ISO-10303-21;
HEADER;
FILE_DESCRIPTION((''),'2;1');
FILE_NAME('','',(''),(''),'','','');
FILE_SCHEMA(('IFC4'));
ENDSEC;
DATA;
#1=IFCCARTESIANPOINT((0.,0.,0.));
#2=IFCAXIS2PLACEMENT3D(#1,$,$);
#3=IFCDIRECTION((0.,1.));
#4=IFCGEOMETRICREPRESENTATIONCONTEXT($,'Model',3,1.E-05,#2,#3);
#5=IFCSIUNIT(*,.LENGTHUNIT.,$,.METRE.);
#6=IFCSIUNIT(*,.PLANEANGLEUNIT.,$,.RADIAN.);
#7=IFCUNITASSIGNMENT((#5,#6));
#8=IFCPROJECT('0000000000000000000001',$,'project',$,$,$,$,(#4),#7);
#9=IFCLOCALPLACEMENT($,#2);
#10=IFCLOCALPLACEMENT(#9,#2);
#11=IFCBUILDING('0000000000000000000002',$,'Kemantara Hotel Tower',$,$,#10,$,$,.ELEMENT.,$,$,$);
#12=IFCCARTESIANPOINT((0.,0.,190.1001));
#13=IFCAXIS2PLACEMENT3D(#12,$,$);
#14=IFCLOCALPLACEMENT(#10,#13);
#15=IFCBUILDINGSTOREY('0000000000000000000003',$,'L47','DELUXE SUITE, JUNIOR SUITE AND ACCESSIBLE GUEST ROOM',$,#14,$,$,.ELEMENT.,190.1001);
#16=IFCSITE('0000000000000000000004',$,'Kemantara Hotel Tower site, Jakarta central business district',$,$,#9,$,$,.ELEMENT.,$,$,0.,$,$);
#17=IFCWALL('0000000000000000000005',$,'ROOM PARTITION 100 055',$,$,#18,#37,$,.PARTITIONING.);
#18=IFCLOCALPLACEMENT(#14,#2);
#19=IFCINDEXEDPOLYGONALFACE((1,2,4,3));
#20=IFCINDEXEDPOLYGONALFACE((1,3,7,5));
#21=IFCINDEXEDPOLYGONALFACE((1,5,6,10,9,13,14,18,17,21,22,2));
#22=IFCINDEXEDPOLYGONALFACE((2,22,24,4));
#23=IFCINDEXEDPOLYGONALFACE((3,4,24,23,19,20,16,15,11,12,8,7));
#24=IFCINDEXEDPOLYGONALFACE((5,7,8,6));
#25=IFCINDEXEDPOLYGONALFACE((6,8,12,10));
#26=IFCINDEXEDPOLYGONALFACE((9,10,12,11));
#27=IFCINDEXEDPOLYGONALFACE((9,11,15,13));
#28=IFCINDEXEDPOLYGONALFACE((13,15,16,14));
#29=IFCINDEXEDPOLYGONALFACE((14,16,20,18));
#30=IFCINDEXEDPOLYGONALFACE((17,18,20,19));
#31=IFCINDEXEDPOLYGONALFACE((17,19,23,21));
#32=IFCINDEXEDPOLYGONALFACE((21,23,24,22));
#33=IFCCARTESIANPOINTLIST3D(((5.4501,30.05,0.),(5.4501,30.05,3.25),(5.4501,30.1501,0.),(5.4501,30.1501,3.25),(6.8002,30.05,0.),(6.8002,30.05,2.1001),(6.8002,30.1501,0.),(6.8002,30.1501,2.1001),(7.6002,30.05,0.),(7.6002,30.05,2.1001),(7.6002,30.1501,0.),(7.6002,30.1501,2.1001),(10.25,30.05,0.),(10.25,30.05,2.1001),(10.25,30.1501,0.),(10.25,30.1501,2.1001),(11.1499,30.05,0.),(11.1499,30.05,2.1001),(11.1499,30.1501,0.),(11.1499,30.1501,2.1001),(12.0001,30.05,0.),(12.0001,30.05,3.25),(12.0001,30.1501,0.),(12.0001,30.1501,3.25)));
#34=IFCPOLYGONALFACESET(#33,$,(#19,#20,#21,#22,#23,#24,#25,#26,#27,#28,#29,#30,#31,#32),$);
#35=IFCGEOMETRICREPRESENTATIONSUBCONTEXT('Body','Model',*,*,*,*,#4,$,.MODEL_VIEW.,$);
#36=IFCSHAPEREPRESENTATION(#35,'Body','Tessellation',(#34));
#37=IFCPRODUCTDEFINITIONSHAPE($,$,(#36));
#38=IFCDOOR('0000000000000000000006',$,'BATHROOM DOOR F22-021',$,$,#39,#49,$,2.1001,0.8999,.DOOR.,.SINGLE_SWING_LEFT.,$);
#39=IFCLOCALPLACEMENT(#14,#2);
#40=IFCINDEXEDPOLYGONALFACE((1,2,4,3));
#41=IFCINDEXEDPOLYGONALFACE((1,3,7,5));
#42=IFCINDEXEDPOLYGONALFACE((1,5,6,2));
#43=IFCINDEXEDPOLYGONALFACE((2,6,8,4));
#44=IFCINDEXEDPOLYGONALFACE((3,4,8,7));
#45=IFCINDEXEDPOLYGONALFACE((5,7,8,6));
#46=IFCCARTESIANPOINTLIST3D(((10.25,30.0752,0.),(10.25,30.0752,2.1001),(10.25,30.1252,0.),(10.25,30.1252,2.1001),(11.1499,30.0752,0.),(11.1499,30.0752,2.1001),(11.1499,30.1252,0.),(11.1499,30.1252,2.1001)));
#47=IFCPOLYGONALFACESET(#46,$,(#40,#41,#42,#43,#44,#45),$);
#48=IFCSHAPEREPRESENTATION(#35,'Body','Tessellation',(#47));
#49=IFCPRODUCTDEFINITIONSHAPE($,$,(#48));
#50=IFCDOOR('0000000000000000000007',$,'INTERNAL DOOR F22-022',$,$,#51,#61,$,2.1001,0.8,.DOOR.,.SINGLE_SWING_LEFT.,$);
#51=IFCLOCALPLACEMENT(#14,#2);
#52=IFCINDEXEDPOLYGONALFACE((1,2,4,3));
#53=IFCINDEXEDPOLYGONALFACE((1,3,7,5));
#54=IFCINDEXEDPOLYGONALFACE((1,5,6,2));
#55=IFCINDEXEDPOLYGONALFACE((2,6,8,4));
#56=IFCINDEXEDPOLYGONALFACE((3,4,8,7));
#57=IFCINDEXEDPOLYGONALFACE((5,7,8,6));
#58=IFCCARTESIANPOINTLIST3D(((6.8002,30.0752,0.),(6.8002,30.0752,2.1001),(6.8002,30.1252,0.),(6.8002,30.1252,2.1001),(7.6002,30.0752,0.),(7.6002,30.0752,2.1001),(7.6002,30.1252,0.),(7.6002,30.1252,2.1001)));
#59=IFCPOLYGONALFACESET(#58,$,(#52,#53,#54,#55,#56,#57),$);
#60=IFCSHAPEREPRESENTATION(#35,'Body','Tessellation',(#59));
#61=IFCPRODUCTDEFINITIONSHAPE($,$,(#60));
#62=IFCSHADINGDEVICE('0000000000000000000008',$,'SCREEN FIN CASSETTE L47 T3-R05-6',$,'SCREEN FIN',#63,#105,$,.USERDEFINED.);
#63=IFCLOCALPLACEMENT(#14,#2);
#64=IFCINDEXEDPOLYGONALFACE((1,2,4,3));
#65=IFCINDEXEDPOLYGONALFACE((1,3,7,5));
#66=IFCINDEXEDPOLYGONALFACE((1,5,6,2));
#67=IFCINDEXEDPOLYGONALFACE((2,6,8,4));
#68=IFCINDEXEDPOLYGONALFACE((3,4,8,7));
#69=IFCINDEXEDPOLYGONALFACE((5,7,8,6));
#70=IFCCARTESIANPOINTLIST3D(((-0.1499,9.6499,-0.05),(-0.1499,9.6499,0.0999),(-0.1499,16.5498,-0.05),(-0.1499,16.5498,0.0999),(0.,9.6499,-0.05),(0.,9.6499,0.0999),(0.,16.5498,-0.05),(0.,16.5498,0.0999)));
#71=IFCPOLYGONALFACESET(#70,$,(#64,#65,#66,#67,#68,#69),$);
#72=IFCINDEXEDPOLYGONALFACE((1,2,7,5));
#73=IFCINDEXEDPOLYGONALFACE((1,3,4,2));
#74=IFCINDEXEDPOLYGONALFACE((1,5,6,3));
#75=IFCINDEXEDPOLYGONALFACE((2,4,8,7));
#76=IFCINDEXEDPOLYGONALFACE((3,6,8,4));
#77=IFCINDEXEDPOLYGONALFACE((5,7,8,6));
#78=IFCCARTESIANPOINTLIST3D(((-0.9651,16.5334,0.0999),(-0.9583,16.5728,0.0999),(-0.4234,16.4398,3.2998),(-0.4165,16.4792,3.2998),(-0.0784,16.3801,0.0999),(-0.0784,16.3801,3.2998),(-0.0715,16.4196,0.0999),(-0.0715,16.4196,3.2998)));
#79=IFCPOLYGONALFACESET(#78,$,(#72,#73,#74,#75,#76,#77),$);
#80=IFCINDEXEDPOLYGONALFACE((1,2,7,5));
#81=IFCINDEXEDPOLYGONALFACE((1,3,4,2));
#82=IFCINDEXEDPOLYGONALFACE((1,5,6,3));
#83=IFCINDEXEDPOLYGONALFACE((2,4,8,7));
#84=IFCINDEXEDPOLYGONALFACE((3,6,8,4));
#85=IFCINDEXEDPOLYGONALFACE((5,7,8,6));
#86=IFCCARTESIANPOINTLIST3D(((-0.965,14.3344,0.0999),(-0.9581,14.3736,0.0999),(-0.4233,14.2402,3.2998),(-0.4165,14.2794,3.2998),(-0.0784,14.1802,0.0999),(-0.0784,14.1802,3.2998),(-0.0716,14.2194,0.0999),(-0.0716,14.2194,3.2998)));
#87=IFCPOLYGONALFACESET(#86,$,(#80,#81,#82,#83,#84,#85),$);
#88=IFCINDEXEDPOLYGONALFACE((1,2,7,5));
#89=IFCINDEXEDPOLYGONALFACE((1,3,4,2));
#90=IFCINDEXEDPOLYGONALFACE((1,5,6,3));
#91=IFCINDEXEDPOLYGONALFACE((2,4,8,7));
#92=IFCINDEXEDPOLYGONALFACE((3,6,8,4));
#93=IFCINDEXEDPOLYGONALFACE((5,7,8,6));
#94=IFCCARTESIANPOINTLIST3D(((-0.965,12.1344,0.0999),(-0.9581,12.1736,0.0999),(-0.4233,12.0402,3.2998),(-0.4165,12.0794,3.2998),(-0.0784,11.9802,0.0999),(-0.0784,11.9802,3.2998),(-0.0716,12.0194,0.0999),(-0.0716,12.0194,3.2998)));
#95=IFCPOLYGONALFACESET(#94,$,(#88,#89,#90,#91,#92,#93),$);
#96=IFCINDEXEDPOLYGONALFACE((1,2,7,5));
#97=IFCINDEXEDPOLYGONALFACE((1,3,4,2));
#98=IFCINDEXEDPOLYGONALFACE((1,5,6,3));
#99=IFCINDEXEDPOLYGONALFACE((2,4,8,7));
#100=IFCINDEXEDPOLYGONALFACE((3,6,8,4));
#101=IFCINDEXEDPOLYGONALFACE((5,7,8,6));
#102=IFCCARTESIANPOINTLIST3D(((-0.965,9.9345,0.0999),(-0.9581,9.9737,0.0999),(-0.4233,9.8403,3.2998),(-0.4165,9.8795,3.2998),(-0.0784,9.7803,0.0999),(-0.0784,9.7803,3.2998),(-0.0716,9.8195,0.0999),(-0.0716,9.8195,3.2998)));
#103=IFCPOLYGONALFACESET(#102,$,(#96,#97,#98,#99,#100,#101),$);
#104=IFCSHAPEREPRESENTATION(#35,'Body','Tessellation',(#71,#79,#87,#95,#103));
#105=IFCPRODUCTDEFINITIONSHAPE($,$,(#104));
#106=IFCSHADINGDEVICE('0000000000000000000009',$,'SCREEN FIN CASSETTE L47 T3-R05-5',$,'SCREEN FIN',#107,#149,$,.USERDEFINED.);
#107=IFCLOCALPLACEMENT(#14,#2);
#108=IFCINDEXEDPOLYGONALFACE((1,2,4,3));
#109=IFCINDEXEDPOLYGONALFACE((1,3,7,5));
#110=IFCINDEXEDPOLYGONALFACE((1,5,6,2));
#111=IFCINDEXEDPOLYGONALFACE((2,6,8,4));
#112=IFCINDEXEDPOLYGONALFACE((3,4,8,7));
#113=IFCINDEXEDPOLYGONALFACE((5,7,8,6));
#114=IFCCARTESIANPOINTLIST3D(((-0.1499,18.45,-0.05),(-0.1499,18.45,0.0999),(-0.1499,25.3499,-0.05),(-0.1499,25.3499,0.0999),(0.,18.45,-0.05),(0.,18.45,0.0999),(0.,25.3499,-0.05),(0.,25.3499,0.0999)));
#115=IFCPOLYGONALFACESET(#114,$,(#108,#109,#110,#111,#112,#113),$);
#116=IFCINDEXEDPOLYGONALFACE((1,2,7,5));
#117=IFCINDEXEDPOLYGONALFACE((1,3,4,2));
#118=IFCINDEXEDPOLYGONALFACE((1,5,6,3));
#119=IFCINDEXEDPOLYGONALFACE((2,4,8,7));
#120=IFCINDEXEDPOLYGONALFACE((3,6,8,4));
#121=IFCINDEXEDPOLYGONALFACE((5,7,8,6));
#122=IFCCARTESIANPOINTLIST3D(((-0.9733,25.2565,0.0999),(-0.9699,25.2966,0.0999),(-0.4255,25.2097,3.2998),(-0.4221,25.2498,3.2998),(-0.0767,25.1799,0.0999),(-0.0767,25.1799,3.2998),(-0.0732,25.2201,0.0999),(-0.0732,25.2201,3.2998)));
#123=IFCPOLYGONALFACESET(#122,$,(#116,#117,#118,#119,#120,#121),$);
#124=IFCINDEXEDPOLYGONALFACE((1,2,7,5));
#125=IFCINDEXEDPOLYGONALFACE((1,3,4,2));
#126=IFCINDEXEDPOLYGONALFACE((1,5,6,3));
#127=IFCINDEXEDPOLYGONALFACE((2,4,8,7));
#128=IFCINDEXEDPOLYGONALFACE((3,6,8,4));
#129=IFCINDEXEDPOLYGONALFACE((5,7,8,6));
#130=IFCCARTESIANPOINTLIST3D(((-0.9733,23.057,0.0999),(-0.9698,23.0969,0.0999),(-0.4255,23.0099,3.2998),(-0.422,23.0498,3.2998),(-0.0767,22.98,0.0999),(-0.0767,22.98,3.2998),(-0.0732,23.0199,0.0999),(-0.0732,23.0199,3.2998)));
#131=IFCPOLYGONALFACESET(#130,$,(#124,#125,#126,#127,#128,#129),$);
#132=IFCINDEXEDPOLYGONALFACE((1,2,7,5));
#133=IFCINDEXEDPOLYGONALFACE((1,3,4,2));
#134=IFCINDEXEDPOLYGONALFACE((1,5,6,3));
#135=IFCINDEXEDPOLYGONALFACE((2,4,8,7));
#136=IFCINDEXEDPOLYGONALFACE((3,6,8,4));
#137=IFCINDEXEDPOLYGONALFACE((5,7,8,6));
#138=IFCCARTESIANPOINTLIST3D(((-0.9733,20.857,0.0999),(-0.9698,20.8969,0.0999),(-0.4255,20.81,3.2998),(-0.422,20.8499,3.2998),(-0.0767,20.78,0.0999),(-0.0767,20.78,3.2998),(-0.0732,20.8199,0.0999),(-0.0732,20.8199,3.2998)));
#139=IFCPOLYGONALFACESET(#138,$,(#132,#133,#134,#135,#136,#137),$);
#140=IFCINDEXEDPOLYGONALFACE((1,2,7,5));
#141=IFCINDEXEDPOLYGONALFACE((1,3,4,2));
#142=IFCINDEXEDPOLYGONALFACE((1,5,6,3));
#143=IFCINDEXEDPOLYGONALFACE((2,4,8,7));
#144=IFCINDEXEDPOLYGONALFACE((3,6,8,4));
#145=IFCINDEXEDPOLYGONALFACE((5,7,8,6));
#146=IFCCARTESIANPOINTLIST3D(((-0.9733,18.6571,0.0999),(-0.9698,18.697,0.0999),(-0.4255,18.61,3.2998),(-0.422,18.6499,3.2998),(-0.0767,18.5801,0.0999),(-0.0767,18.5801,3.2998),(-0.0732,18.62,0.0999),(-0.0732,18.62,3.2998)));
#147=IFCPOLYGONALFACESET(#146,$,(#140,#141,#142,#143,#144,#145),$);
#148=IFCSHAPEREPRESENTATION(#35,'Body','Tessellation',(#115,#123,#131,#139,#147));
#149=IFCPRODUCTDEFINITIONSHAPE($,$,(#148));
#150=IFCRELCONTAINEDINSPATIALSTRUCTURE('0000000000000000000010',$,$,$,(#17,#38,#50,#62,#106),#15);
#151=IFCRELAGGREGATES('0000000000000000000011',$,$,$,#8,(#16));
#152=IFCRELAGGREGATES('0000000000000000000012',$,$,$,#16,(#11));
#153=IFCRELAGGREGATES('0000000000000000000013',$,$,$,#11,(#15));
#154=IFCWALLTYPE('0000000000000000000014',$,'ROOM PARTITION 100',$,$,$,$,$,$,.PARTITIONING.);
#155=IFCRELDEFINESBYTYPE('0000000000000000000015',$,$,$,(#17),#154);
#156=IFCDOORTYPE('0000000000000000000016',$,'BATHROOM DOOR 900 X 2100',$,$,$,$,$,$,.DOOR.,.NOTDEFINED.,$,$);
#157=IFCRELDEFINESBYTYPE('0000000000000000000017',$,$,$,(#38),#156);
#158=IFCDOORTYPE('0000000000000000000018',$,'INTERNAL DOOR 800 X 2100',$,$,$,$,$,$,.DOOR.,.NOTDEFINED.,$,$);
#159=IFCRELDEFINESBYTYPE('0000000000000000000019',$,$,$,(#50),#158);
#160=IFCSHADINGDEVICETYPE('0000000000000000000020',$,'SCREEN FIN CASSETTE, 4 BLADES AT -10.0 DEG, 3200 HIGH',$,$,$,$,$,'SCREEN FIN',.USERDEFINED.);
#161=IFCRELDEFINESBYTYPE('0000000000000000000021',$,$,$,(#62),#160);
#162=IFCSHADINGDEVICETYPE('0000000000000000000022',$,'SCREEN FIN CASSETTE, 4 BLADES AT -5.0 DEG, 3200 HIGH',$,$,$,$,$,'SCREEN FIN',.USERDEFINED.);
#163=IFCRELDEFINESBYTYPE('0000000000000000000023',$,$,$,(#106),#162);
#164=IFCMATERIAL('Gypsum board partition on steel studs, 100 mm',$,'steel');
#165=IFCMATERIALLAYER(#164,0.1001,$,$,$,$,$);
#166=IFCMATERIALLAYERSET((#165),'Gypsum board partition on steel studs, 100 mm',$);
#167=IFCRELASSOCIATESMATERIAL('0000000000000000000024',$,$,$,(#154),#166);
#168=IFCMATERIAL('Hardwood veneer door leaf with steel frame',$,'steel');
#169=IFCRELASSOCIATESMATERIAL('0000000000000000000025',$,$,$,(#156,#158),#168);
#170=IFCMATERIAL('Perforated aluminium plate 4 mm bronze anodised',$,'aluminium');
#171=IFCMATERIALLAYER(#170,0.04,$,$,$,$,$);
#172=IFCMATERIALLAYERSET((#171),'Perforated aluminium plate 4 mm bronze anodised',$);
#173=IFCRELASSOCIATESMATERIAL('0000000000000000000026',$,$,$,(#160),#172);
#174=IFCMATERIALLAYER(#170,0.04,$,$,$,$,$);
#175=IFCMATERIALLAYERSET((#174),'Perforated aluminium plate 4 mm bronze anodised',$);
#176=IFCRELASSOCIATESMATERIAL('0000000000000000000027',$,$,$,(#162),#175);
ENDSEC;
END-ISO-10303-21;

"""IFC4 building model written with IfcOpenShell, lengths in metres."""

from ifc_helpers import new_model, si_unit, direction, frame, frame_2d, origin, origin_2d, place, context, subcontext, project, spatial, polyline, rectangle, outline, extrude, source, transform, mapped, material, layer, layer_set, type_object, element, fill, save


model = new_model("IFC4")

# Units and contexts
model_context = context("Model", 3, precision=1e-05, world=origin(), true_north=direction((0.0, 1.0)))
body_context = subcontext(model_context, "Body", "Model", "MODEL_VIEW")
ifc_project = project(units=[si_unit("LENGTHUNIT", "METRE"), si_unit("PLANEANGLEUNIT", "RADIAN")], contexts=[model_context])

# Site, building, storey
site_placement = place(None, origin())
site = spatial("IfcSite", under=ifc_project, at=site_placement, Name="Kemantara Hotel Tower site, Jakarta central business district", CompositionType="ELEMENT", RefElevation=0.0)
building_placement = place(site_placement, origin())
building = spatial("IfcBuilding", under=site, at=building_placement, Name="Kemantara Hotel Tower", CompositionType="ELEMENT")
storey_placement = place(building_placement, frame((0.0, 0.0, 190.1001)))
storey = spatial("IfcBuildingStorey", under=building, at=storey_placement, Name="L47", Description="DELUXE SUITE, JUNIOR SUITE AND ACCESSIBLE GUEST ROOM", CompositionType="ELEMENT", Elevation=190.1001)

# Shared definitions
ifc_material_1 = material(Name="Hardwood veneer door leaf with steel frame", Category="steel")

# Shared definitions
ifc_material_2 = material(Name="Gypsum board partition on steel studs, 100 mm", Category="steel")
ifc_layer_1 = layer(ifc_material_2, 0.1001)
ifc_layer_set_1 = layer_set([ifc_layer_1], Name="Gypsum board partition on steel studs, 100 mm")
wall_type_1 = type_object("IfcWallType", Name="ROOM PARTITION 100", PredefinedType="PARTITIONING", material=ifc_layer_set_1)
door_type_1 = type_object("IfcDoorType", Name="BATHROOM DOOR 900 X 2100", OperationType="NOTDEFINED", PredefinedType="DOOR", material=ifc_material_1)

# Wall, openings, doors
wall_1_placement = place(storey_placement, frame((12.0, 30.1001, 0.0), z_axis=(0.0, 0.0, 1.0), x_axis=(-1.0, 0.0, 0.0)))
wall_1 = element("IfcWall", 1, at=wall_1_placement, inside=storey, type_object=wall_type_1, Name="ROOM PARTITION 100 055", PredefinedType="PARTITIONING", context=body_context, shape_type="SweptSolid", body=[
    extrude(rectangle(XDim=6.55, YDim=0.1001, at=frame_2d((3.2749, 0.0))), origin(), (0.0, 0.0, 1.0), 3.25),
])
opening_1_placement = place(wall_1_placement, frame((0.8501, 0.0, 0.0)))
opening_1 = element("IfcOpeningElement", 2, at=opening_1_placement, cuts=wall_1, PredefinedType="OPENING", context=body_context, shape_type="SweptSolid", body=[
    extrude(rectangle(XDim=0.8999, YDim=2.1001, at=frame_2d((0.45, 1.05))), frame((0.0, 0.0601, 0.0), z_axis=(0.0, -1.0, 0.0), x_axis=(1.0, 0.0, 0.0)), (0.0, 0.0, 1.0), 0.1201),
])
opening_2_placement = place(wall_1_placement, frame((4.3999, 0.0, 0.0)))
opening_2 = element("IfcOpeningElement", 3, at=opening_2_placement, cuts=wall_1, PredefinedType="OPENING", context=body_context, shape_type="SweptSolid", body=[
    extrude(rectangle(XDim=0.8, YDim=2.1001, at=frame_2d((0.3999, 1.05))), frame((0.0, 0.0601, 0.0), z_axis=(0.0, -1.0, 0.0), x_axis=(1.0, 0.0, 0.0)), (0.0, 0.0, 1.0), 0.1201),
])
door_1_placement = place(opening_1_placement, origin())
door_1 = element("IfcDoor", 4, at=door_1_placement, inside=storey, type_object=door_type_1, Name="BATHROOM DOOR F22-021", OperationType="SINGLE_SWING_LEFT", OverallHeight=2.1001, OverallWidth=0.8999, PredefinedType="DOOR", context=body_context, shape_type="SweptSolid", body=[
    extrude(rectangle(XDim=0.8999, YDim=2.1001, at=frame_2d((0.45, 1.05))), frame((0.0, 0.0249, 0.0), z_axis=(0.0, -1.0, 0.0), x_axis=(1.0, 0.0, 0.0)), (0.0, 0.0, 1.0), 0.05),
])
fill(opening_1, door_1)
door_type_2 = type_object("IfcDoorType", Name="INTERNAL DOOR 800 X 2100", OperationType="NOTDEFINED", PredefinedType="DOOR", material=ifc_material_1)
door_2_placement = place(opening_2_placement, origin())
door_2 = element("IfcDoor", 5, at=door_2_placement, inside=storey, type_object=door_type_2, Name="INTERNAL DOOR F22-022", OperationType="SINGLE_SWING_LEFT", OverallHeight=2.1001, OverallWidth=0.8, PredefinedType="DOOR", context=body_context, shape_type="SweptSolid", body=[
    extrude(rectangle(XDim=0.8, YDim=2.1001, at=frame_2d((0.3999, 1.05))), frame((0.0, 0.0249, 0.0), z_axis=(0.0, -1.0, 0.0), x_axis=(1.0, 0.0, 0.0)), (0.0, 0.0, 1.0), 0.05),
])
fill(opening_2, door_2)

# Shading devices
ifc_material_3 = material(Name="Perforated aluminium plate 4 mm bronze anodised", Category="aluminium")
ifc_layer_2 = layer(ifc_material_3, 0.04)
ifc_layer_set_2 = layer_set([ifc_layer_2], Name="Perforated aluminium plate 4 mm bronze anodised")
shading_device_type_1 = type_object("IfcShadingDeviceType", Name="SCREEN FIN CASSETTE, 4 BLADES AT -10.0 DEG, 3200 HIGH", ElementType="SCREEN FIN", PredefinedType="USERDEFINED", material=ifc_layer_set_2)
shared_shape_1 = source(origin(), body_context, "Body", "SweptSolid", [
    extrude(rectangle(XDim=6.8999, YDim=0.1499, at=origin_2d()), frame((3.3, -0.075, -0.1499), z_axis=(0.0, 0.0, 1.0), x_axis=(1.0, 0.0, 0.0)), (0.0, 0.0, 1.0), 0.1499),
    extrude(outline(polyline([(0.0, 0.0), (0.8999, 0.0), (0.3501, 3.2), (0.0, 3.2), (0.0, 0.0)])), frame((0.0198, -0.0784, 0.0), z_axis=(-0.98539, 0.170314, 0.0), x_axis=(-0.170314, -0.98539, 0.0)), (0.0, 0.0, 1.0), 0.04),
    extrude(outline(polyline([(0.0, 0.0), (0.8999, 0.0), (0.3501, 3.2), (0.0, 3.2), (0.0, 0.0)])), frame((2.2197, -0.0784, 0.0), z_axis=(-0.985212, 0.171341, 0.0), x_axis=(-0.171341, -0.985212, 0.0)), (0.0, 0.0, 1.0), 0.0398),
    extrude(outline(polyline([(0.0, 0.0), (0.8999, 0.0), (0.3501, 3.2), (0.0, 3.2), (0.0, 0.0)])), frame((4.4197, -0.0784, 0.0), z_axis=(-0.985212, 0.171341, 0.0), x_axis=(-0.171341, -0.985212, 0.0)), (0.0, 0.0, 1.0), 0.0398),
    extrude(outline(polyline([(0.0, 0.0), (0.8999, 0.0), (0.3501, 3.2), (0.0, 3.2), (0.0, 0.0)])), frame((6.6196, -0.0784, 0.0), z_axis=(-0.985212, 0.171341, 0.0), x_axis=(-0.171341, -0.985212, 0.0)), (0.0, 0.0, 1.0), 0.0398),
])
shading_device_1_placement = place(storey_placement, frame((0.0, 16.3999, 0.0999), z_axis=(0.0, 0.0, 1.0), x_axis=(0.0, -1.0, 0.0)))
element("IfcShadingDevice", 6, at=shading_device_1_placement, inside=storey, type_object=shading_device_type_1, Name="SCREEN FIN CASSETTE L47 T3-R05-6", ObjectType="SCREEN FIN", PredefinedType="USERDEFINED", context=body_context, shape_type="MappedRepresentation", body=[
    mapped(shared_shape_1, transform((0.0, 0.0, 0.0))),
])
ifc_layer_3 = layer(ifc_material_3, 0.04)
ifc_layer_set_3 = layer_set([ifc_layer_3], Name="Perforated aluminium plate 4 mm bronze anodised")
shading_device_type_2 = type_object("IfcShadingDeviceType", Name="SCREEN FIN CASSETTE, 4 BLADES AT -5.0 DEG, 3200 HIGH", ElementType="SCREEN FIN", PredefinedType="USERDEFINED", material=ifc_layer_set_3)
shared_shape_2 = source(origin(), body_context, "Body", "SweptSolid", [
    extrude(rectangle(XDim=6.8999, YDim=0.1499, at=origin_2d()), frame((3.3, -0.075, -0.1499), z_axis=(0.0, 0.0, 1.0), x_axis=(1.0, 0.0, 0.0)), (0.0, 0.0, 1.0), 0.1499),
    extrude(outline(polyline([(0.0, 0.0), (0.8999, 0.0), (0.3501, 3.2), (0.0, 3.2), (0.0, 0.0)])), frame((0.02, -0.0767, 0.0), z_axis=(-0.996376, 0.085056, 0.0), x_axis=(-0.085056, -0.996376, 0.0)), (0.0, 0.0, 1.0), 0.0403),
    extrude(outline(polyline([(0.0, 0.0), (0.8999, 0.0), (0.3501, 3.2), (0.0, 3.2), (0.0, 0.0)])), frame((2.22, -0.0767, 0.0), z_axis=(-0.996332, 0.085575, 0.0), x_axis=(-0.085575, -0.996332, 0.0)), (0.0, 0.0, 1.0), 0.04),
    extrude(outline(polyline([(0.0, 0.0), (0.8999, 0.0), (0.3501, 3.2), (0.0, 3.2), (0.0, 0.0)])), frame((4.4199, -0.0767, 0.0), z_axis=(-0.996332, 0.085575, 0.0), x_axis=(-0.085575, -0.996332, 0.0)), (0.0, 0.0, 1.0), 0.04),
    extrude(outline(polyline([(0.0, 0.0), (0.8999, 0.0), (0.3501, 3.2), (0.0, 3.2), (0.0, 0.0)])), frame((6.6199, -0.0767, 0.0), z_axis=(-0.996332, 0.085575, 0.0), x_axis=(-0.085575, -0.996332, 0.0)), (0.0, 0.0, 1.0), 0.04),
])
shading_device_2_placement = place(storey_placement, frame((0.0, 25.2, 0.0999), z_axis=(0.0, 0.0, 1.0), x_axis=(0.0, -1.0, 0.0)))
element("IfcShadingDevice", 7, at=shading_device_2_placement, inside=storey, type_object=shading_device_type_2, Name="SCREEN FIN CASSETTE L47 T3-R05-5", ObjectType="SCREEN FIN", PredefinedType="USERDEFINED", context=body_context, shape_type="MappedRepresentation", body=[
    mapped(shared_shape_2, transform((0.0, 0.0, 0.0))),
])

save(model, "model.ifc")
